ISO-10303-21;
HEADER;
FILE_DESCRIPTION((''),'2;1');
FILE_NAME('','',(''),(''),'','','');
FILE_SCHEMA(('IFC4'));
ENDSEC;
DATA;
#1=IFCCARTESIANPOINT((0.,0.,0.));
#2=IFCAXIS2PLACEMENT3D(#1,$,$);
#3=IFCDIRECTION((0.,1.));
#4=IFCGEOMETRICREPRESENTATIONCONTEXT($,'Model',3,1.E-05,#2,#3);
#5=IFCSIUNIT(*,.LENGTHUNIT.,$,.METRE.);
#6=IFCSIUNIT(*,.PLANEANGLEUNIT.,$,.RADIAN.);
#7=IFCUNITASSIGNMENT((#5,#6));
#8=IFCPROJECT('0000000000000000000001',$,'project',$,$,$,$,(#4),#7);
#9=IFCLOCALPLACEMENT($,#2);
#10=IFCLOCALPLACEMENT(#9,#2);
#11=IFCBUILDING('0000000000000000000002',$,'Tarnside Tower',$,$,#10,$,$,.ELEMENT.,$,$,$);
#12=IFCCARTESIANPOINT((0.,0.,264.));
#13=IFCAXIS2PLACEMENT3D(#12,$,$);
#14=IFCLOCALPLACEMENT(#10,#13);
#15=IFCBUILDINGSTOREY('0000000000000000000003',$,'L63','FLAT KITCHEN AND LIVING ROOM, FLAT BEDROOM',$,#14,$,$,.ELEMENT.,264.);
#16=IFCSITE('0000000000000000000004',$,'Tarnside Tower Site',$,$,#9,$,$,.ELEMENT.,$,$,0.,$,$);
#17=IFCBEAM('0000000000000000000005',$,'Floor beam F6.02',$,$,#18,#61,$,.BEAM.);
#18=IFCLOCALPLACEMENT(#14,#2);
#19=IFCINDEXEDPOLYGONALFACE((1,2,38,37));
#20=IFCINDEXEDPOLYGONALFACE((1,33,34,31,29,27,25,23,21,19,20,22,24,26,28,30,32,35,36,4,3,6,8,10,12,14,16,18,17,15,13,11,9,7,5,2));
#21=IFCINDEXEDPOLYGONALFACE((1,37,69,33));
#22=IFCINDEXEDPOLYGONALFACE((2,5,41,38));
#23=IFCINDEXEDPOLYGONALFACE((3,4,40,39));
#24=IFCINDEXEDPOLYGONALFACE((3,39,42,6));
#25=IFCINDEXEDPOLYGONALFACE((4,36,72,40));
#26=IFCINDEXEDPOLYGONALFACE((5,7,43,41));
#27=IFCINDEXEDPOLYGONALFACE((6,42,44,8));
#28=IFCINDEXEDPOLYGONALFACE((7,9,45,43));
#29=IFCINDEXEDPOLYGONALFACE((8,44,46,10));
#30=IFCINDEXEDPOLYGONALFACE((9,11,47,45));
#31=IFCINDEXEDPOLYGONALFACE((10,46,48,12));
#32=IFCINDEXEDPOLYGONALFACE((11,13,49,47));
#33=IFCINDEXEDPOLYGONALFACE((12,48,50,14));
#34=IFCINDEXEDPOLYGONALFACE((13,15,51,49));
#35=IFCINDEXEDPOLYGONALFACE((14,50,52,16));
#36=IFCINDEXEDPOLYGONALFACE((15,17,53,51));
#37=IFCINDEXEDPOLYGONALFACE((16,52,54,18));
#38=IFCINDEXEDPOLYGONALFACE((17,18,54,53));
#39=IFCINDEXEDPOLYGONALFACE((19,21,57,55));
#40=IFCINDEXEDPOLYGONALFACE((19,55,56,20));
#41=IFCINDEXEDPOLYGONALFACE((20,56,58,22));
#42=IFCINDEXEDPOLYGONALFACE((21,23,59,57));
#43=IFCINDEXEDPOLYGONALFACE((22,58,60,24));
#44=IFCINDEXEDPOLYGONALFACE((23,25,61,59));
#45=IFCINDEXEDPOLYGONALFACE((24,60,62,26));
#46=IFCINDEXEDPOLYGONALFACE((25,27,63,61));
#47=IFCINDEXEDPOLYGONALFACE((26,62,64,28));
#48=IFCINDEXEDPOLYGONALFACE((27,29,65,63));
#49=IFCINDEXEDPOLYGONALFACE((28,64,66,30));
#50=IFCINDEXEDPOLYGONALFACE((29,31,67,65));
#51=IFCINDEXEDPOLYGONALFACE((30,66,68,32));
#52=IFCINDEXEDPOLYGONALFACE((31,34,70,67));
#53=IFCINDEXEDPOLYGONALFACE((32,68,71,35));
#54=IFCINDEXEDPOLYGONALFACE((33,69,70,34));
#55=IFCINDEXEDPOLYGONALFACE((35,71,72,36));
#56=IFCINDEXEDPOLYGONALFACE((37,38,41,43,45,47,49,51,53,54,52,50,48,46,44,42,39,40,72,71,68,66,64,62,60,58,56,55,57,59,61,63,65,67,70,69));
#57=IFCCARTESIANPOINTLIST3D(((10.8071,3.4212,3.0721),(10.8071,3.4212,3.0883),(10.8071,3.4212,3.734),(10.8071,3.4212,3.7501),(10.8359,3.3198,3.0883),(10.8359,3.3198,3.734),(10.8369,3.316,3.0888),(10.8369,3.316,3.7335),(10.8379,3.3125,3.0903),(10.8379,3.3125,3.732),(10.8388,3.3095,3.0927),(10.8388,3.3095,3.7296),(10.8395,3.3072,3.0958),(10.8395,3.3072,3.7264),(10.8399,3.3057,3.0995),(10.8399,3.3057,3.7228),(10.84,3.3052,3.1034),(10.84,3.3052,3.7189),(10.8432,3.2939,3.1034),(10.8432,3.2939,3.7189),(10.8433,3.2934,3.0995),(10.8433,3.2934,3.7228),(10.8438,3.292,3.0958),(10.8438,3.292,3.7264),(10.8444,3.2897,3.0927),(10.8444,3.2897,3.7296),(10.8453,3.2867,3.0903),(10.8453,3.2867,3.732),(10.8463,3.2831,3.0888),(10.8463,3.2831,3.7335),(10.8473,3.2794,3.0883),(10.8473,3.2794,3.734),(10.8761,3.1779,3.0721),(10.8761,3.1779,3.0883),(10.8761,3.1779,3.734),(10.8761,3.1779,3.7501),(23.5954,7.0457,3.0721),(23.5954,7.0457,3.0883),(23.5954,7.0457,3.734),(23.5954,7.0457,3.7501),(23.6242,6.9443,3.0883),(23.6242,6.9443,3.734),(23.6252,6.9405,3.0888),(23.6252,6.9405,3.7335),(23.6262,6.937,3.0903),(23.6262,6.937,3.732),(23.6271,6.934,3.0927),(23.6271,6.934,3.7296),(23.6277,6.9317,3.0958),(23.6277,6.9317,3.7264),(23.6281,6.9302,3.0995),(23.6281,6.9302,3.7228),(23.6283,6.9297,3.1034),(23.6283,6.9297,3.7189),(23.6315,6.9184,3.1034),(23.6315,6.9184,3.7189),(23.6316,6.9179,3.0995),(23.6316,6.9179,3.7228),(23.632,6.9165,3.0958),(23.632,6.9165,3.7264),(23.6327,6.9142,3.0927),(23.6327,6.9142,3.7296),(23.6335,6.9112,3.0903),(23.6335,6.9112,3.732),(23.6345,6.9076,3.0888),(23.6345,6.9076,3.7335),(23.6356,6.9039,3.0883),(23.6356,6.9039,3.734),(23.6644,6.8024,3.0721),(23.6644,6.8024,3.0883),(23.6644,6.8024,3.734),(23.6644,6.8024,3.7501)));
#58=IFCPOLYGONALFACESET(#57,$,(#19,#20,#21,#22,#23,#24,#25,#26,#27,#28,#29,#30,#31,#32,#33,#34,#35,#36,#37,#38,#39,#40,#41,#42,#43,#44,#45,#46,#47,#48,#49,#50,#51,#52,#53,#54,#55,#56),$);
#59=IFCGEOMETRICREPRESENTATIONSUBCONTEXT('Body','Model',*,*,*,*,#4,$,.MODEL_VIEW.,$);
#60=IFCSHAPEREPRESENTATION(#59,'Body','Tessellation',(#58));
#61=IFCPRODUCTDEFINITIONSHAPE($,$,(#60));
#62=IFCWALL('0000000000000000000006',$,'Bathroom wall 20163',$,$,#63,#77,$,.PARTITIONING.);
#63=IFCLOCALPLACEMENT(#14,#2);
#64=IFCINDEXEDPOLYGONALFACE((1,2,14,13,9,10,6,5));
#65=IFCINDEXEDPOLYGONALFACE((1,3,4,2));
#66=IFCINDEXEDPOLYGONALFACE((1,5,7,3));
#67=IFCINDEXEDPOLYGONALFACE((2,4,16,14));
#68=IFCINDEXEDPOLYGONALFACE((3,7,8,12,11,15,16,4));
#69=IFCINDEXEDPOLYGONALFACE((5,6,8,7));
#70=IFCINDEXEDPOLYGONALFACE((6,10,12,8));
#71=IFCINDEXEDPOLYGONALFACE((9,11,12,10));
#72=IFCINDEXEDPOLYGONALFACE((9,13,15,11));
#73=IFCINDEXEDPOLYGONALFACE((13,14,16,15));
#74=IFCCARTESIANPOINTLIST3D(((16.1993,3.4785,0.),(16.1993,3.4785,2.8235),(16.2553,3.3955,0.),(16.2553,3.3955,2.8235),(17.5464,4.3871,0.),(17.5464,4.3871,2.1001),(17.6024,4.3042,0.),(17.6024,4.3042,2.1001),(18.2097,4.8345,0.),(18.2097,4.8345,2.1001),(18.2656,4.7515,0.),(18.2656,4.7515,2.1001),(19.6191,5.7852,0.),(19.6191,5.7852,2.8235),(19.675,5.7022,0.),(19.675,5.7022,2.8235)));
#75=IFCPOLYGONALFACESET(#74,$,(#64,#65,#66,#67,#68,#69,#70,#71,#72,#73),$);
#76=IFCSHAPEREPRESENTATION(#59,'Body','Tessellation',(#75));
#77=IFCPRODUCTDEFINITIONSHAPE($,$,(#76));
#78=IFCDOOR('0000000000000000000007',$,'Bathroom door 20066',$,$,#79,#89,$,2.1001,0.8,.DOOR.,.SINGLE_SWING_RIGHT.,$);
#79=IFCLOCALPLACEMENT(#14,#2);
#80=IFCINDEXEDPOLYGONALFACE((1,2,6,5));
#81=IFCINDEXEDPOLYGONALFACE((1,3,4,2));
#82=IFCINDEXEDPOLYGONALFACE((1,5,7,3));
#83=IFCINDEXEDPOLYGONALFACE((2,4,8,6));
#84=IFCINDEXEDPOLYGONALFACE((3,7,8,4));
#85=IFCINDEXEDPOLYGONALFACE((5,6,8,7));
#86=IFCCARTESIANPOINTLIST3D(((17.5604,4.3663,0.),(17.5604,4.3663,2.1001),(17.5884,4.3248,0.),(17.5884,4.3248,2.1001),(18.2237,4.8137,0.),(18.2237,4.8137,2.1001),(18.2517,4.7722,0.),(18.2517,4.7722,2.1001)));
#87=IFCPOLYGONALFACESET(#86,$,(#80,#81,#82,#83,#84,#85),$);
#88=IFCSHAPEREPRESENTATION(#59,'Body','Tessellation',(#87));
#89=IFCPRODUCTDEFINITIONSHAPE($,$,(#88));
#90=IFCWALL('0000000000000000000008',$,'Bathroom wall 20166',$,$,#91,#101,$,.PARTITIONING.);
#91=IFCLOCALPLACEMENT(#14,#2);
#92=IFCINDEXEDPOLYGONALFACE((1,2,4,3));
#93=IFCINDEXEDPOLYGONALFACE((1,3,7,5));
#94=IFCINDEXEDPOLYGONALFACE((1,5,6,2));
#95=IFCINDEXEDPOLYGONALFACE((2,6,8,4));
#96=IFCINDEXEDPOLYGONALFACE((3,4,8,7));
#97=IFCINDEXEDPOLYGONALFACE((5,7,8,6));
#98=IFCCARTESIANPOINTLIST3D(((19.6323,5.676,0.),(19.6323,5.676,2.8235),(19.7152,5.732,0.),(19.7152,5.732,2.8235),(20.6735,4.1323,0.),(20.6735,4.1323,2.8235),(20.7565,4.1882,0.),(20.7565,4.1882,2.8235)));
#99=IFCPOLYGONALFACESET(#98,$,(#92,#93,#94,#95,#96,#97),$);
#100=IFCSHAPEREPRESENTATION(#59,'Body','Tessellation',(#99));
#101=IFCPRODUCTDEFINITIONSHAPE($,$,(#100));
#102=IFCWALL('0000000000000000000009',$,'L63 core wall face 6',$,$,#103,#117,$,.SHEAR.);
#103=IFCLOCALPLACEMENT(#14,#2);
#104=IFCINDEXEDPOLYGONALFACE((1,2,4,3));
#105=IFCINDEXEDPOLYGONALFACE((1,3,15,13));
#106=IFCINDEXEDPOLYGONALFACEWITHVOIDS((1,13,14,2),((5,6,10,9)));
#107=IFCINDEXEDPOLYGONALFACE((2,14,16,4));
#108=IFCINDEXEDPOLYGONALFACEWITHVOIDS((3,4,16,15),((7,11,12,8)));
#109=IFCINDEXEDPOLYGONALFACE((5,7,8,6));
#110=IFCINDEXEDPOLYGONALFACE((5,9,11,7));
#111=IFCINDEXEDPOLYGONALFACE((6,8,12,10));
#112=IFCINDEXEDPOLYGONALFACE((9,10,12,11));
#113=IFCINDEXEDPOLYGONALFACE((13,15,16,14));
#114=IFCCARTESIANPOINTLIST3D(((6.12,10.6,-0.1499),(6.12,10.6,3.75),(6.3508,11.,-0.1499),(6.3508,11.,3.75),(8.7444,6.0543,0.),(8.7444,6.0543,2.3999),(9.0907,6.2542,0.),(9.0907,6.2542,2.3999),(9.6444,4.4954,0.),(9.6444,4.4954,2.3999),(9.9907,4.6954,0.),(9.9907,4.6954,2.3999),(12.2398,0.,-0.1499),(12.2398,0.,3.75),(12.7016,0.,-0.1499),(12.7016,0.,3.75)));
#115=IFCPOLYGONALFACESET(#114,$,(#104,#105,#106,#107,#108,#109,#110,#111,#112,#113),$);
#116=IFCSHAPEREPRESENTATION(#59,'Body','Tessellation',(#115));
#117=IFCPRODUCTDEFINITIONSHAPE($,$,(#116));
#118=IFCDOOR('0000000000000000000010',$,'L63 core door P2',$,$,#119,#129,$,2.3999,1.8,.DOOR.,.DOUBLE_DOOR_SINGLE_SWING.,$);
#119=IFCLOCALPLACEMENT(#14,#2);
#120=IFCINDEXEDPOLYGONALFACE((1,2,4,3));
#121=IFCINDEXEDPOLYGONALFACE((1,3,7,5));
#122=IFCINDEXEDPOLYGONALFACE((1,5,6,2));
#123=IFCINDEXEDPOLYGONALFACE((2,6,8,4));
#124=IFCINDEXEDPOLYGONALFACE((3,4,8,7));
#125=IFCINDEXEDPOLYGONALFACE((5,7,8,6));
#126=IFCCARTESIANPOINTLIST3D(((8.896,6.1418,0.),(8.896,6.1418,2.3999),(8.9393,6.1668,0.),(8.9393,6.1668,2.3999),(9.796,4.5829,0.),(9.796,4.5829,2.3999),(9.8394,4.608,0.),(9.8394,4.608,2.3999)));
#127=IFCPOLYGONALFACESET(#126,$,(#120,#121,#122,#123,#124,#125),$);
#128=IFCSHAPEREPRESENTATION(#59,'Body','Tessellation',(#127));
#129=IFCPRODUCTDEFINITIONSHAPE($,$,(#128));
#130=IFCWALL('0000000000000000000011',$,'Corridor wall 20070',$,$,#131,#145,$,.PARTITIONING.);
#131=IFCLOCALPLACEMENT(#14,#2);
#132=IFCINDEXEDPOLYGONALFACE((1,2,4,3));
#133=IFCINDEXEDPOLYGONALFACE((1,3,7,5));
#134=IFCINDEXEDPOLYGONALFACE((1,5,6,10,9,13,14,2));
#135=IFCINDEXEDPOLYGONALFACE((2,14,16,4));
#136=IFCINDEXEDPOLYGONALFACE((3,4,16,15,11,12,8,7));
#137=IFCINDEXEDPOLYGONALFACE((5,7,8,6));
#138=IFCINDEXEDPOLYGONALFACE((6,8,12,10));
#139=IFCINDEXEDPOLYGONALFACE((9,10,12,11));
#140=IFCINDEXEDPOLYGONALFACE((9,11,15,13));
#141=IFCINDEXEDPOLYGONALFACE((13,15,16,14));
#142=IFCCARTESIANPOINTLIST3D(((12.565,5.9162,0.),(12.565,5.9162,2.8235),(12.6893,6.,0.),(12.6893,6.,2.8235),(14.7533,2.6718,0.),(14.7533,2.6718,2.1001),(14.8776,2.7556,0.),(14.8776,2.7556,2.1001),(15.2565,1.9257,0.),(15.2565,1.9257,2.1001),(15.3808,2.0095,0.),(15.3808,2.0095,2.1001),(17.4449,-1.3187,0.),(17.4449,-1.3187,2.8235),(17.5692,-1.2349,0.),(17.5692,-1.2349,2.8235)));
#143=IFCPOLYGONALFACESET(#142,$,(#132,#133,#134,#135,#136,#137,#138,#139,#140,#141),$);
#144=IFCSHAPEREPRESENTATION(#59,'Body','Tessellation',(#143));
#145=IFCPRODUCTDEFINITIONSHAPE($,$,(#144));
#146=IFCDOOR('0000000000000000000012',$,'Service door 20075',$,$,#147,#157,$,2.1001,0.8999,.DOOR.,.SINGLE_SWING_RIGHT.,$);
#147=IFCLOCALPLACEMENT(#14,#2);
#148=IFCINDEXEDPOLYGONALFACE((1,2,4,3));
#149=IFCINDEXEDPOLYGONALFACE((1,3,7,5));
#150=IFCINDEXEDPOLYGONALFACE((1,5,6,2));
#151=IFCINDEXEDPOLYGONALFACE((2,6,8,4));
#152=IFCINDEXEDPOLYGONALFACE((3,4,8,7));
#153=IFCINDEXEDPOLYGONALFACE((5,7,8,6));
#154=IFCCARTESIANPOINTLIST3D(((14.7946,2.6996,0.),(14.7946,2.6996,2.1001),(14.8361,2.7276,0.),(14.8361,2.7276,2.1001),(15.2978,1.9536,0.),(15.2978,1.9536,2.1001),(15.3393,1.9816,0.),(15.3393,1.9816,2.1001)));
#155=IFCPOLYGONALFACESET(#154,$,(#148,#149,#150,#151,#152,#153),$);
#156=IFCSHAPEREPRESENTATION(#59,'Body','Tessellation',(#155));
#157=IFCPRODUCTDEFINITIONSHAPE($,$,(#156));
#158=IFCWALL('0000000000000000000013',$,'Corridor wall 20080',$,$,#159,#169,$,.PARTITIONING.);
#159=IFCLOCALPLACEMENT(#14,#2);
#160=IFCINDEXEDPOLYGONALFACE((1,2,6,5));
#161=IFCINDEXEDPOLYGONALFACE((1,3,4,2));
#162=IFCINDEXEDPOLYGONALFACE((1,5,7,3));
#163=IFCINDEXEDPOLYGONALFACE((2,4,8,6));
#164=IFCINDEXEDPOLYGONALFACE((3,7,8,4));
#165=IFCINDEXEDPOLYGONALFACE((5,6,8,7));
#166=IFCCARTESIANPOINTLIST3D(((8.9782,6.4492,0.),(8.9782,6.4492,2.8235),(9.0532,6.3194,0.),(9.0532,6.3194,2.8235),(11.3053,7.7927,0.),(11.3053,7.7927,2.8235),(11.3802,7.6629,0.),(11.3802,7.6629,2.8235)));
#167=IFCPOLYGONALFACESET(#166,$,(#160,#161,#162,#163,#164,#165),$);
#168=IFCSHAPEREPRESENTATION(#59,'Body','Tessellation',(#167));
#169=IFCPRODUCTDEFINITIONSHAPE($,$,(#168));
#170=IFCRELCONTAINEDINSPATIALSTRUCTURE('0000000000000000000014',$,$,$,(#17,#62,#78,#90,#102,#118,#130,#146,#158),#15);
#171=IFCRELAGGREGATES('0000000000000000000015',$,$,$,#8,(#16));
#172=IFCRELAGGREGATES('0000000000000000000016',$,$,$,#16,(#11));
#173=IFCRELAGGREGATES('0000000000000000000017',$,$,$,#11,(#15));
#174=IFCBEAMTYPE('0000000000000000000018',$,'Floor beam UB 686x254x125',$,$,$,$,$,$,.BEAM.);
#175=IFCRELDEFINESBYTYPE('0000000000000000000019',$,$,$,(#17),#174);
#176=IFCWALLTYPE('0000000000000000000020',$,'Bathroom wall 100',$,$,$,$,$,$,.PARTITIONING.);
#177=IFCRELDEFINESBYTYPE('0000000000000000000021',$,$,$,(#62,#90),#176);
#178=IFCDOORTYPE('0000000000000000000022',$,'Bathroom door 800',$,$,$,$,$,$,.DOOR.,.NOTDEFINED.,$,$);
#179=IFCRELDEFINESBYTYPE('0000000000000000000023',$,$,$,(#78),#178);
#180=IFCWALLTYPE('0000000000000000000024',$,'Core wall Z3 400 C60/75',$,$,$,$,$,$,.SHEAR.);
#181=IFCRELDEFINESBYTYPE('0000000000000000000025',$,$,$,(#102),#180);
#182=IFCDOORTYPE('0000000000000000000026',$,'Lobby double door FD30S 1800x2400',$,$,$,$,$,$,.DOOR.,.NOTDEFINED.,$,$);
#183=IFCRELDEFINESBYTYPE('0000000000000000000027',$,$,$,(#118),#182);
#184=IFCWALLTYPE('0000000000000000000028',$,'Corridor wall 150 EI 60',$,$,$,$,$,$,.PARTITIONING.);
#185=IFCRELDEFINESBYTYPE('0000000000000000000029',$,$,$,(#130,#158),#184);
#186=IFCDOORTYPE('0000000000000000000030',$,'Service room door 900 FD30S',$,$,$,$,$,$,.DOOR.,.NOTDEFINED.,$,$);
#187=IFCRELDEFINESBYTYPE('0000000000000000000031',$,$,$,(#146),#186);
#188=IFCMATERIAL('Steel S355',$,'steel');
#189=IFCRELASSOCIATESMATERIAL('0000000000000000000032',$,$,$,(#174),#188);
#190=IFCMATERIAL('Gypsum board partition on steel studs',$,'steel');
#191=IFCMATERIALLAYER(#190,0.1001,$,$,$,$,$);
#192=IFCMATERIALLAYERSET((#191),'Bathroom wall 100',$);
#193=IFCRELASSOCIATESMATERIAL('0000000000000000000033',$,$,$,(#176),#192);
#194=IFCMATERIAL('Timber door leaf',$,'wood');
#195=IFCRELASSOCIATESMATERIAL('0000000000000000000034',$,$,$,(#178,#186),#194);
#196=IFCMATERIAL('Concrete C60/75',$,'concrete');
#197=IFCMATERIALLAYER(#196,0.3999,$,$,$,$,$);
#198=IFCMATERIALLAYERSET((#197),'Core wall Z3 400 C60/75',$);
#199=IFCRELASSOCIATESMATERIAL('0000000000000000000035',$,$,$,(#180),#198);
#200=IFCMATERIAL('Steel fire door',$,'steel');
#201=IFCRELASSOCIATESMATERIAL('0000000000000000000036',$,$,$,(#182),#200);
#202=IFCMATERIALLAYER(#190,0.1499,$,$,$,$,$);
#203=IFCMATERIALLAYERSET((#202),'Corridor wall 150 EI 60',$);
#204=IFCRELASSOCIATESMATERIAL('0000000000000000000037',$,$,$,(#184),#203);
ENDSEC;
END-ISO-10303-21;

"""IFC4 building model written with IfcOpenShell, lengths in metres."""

from ifc_helpers import new_model, si_unit, direction, frame, frame_2d, origin, origin_2d, place, context, subcontext, project, spatial, polyline, rectangle, i_section, outline, extrude, material, layer, layer_set, material_profile, profile_set, type_object, element, fill, save


model = new_model("IFC4")

# Units and contexts
model_context = context("Model", 3, precision=1e-05, world=origin(), true_north=direction((0.0, 1.0)))
body_context = subcontext(model_context, "Body", "Model", "MODEL_VIEW")
ifc_project = project(units=[si_unit("LENGTHUNIT", "METRE"), si_unit("PLANEANGLEUNIT", "RADIAN")], contexts=[model_context])

# Site, building, storey
site_placement = place(None, origin())
site = spatial("IfcSite", under=ifc_project, at=site_placement, Name="Tarnside Tower Site", CompositionType="ELEMENT", RefElevation=0.0)
building_placement = place(site_placement, origin())
building = spatial("IfcBuilding", under=site, at=building_placement, Name="Tarnside Tower", CompositionType="ELEMENT")
storey_placement = place(building_placement, frame((0.0, 0.0, 264.0)))
storey = spatial("IfcBuildingStorey", under=building, at=storey_placement, Name="L63", Description="FLAT KITCHEN AND LIVING ROOM, FLAT BEDROOM", CompositionType="ELEMENT", Elevation=264.0)

# Beam
ifc_material_1 = material(Name="Steel S355", Category="steel")
ifc_material_profile = material_profile(ifc_material_1, i_section(OverallWidth=0.2529, OverallDepth=0.678, WebThickness=0.0117, FlangeThickness=0.0161, FilletRadius=0.0151, at=origin_2d()), Name="UB 686x254x125")
ifc_profile_set = profile_set([ifc_material_profile], Name="Steel S355")
beam_type = type_object("IfcBeamType", Name="Floor beam UB 686x254x125", PredefinedType="BEAM", material=ifc_profile_set)
beam_placement = place(storey_placement, frame((23.6299, 6.9241, 3.4111), z_axis=(-0.962104, -0.272683, 0.0), x_axis=(0.272683, -0.962104, 0.0)))
element("IfcBeam", 1, at=beam_placement, inside=storey, type_object=beam_type, Name="Floor beam F6.02", PredefinedType="BEAM", context=body_context, shape_type="SweptSolid", body=[
    extrude(i_section(OverallWidth=0.2529, OverallDepth=0.678, WebThickness=0.0117, FlangeThickness=0.0161, FilletRadius=0.0151, at=origin_2d()), origin(), (0.0, 0.0, 1.0), 13.292),
])

# Wall, opening, door
ifc_material_2 = material(Name="Gypsum board partition on steel studs", Category="steel")
ifc_layer_1 = layer(ifc_material_2, 0.1001)
ifc_layer_set_1 = layer_set([ifc_layer_1], Name="Bathroom wall 100")
wall_type_1 = type_object("IfcWallType", Name="Bathroom wall 100", PredefinedType="PARTITIONING", material=ifc_layer_set_1)
wall_1_placement = place(storey_placement, frame((16.2273, 3.437, 0.0), z_axis=(0.0, 0.0, 1.0), x_axis=(0.829033, 0.559199, 0.0)))
wall_1 = element("IfcWall", 2, at=wall_1_placement, inside=storey, type_object=wall_type_1, Name="Bathroom wall 20163", PredefinedType="PARTITIONING", context=body_context, shape_type="SweptSolid", body=[
    extrude(rectangle(XDim=4.125, YDim=0.1001, at=frame_2d((2.0625, 0.0))), origin(), (0.0, 0.0, 1.0), 2.8235),
])
opening_1_placement = place(wall_1_placement, frame((1.625, 0.0, 0.0)))
opening_1 = element("IfcOpeningElement", 3, at=opening_1_placement, cuts=wall_1, PredefinedType="OPENING", context=body_context, shape_type="SweptSolid", body=[
    extrude(rectangle(XDim=0.8, YDim=2.1001, at=frame_2d((0.3999, 1.05))), frame((0.0, 0.0601, 0.0), z_axis=(0.0, -1.0, 0.0), x_axis=(1.0, 0.0, 0.0)), (0.0, 0.0, 1.0), 0.1201),
])
ifc_material_3 = material(Name="Timber door leaf", Category="wood")
door_type_1 = type_object("IfcDoorType", Name="Bathroom door 800", OperationType="NOTDEFINED", PredefinedType="DOOR", material=ifc_material_3)
door_1_placement = place(opening_1_placement, origin())
door_1 = element("IfcDoor", 4, at=door_1_placement, inside=storey, type_object=door_type_1, Name="Bathroom door 20066", OperationType="SINGLE_SWING_RIGHT", OverallHeight=2.1001, OverallWidth=0.8, PredefinedType="DOOR", context=body_context, shape_type="SweptSolid", body=[
    extrude(rectangle(XDim=0.8, YDim=2.1001, at=frame_2d((0.3999, 1.05))), frame((0.0, 0.0249, 0.0), z_axis=(0.0, -1.0, 0.0), x_axis=(1.0, 0.0, 0.0)), (0.0, 0.0, 1.0), 0.05),
])
fill(opening_1, door_1)

# Wall
wall_2_placement = place(storey_placement, frame((20.7151, 4.1602, 0.0), z_axis=(0.0, 0.0, 1.0), x_axis=(-0.5592, 0.829033, 0.0)))
element("IfcWall", 5, at=wall_2_placement, inside=storey, type_object=wall_type_1, Name="Bathroom wall 20166", PredefinedType="PARTITIONING", context=body_context, shape_type="SweptSolid", body=[
    extrude(rectangle(XDim=1.8621, YDim=0.1001, at=frame_2d((0.9312, 0.0))), origin(), (0.0, 0.0, 1.0), 2.8235),
])

# Walls, openings, doors
ifc_material_4 = material(Name="Concrete C60/75", Category="concrete")
ifc_layer_2 = layer(ifc_material_4, 0.3999)
ifc_layer_set_2 = layer_set([ifc_layer_2], Name="Core wall Z3 400 C60/75")
wall_type_2 = type_object("IfcWallType", Name="Core wall Z3 400 C60/75", PredefinedType="SHEAR", material=ifc_layer_set_2)
wall_3_placement = place(storey_placement, frame((12.4707, 0.0, -0.1499), z_axis=(0.0, 0.0, 1.0), x_axis=(-0.499996, 0.866027, 0.0)))
wall_3 = element("IfcWall", 6, at=wall_3_placement, inside=storey, type_object=wall_type_2, Name="L63 core wall face 6", PredefinedType="SHEAR", context=body_context, shape_type="SweptSolid", body=[
    extrude(outline(polyline([(-0.1155, -0.2), (12.5862, -0.2), (12.3552, 0.2), (0.1155, 0.2), (-0.1155, -0.2)])), origin(), (0.0, 0.0, 1.0), 3.8999),
])
opening_2_placement = place(wall_3_placement, frame((5.3064, 0.0, 0.1499)))
opening_2 = element("IfcOpeningElement", 7, at=opening_2_placement, cuts=wall_3, PredefinedType="OPENING", context=body_context, shape_type="SweptSolid", body=[
    extrude(rectangle(XDim=1.8, YDim=2.3999, at=frame_2d((0.8999, 1.2))), frame((0.0, 0.21, 0.0), z_axis=(0.0, -1.0, 0.0), x_axis=(1.0, 0.0, 0.0)), (0.0, 0.0, 1.0), 0.4199),
])
ifc_material_5 = material(Name="Steel fire door", Category="steel")
door_type_2 = type_object("IfcDoorType", Name="Lobby double door FD30S 1800x2400", OperationType="NOTDEFINED", PredefinedType="DOOR", material=ifc_material_5)
door_2_placement = place(opening_2_placement, origin())
door_2 = element("IfcDoor", 8, at=door_2_placement, inside=storey, type_object=door_type_2, Name="L63 core door P2", OperationType="DOUBLE_DOOR_SINGLE_SWING", OverallHeight=2.3999, OverallWidth=1.8, PredefinedType="DOOR", context=body_context, shape_type="SweptSolid", body=[
    extrude(rectangle(XDim=1.8, YDim=2.3999, at=frame_2d((0.8999, 1.2))), frame((0.0, 0.0249, 0.0), z_axis=(0.0, -1.0, 0.0), x_axis=(1.0, 0.0, 0.0)), (0.0, 0.0, 1.0), 0.05),
])
fill(opening_2, door_2)
ifc_layer_3 = layer(ifc_material_2, 0.1499)
ifc_layer_set_3 = layer_set([ifc_layer_3], Name="Corridor wall 150 EI 60")
wall_type_3 = type_object("IfcWallType", Name="Corridor wall 150 EI 60", PredefinedType="PARTITIONING", material=ifc_layer_set_3)
wall_4_placement = place(storey_placement, frame((12.6272, 5.958, 0.0), z_axis=(0.0, 0.0, 1.0), x_axis=(0.559185, -0.829043, 0.0)))
wall_4 = element("IfcWall", 9, at=wall_4_placement, inside=storey, type_object=wall_type_3, Name="Corridor wall 20070", PredefinedType="PARTITIONING", context=body_context, shape_type="SweptSolid", body=[
    extrude(rectangle(XDim=8.7268, YDim=0.1499, at=frame_2d((4.3633, 0.0))), origin(), (0.0, 0.0, 1.0), 2.8235),
])
opening_3_placement = place(wall_4_placement, frame((3.9133, 0.0, 0.0)))
opening_3 = element("IfcOpeningElement", 10, at=opening_3_placement, cuts=wall_4, PredefinedType="OPENING", context=body_context, shape_type="SweptSolid", body=[
    extrude(rectangle(XDim=0.8999, YDim=2.1001, at=frame_2d((0.45, 1.05))), frame((0.0, 0.085, 0.0), z_axis=(0.0, -1.0, 0.0), x_axis=(1.0, 0.0, 0.0)), (0.0, 0.0, 1.0), 0.1699),
])
door_type_3 = type_object("IfcDoorType", Name="Service room door 900 FD30S", OperationType="NOTDEFINED", PredefinedType="DOOR", material=ifc_material_3)
door_3_placement = place(opening_3_placement, origin())
door_3 = element("IfcDoor", 11, at=door_3_placement, inside=storey, type_object=door_type_3, Name="Service door 20075", OperationType="SINGLE_SWING_RIGHT", OverallHeight=2.1001, OverallWidth=0.8999, PredefinedType="DOOR", context=body_context, shape_type="SweptSolid", body=[
    extrude(rectangle(XDim=0.8999, YDim=2.1001, at=frame_2d((0.45, 1.05))), frame((0.0, 0.0249, 0.0), z_axis=(0.0, -1.0, 0.0), x_axis=(1.0, 0.0, 0.0)), (0.0, 0.0, 1.0), 0.05),
])
fill(opening_3, door_3)

# Wall
wall_5_placement = place(storey_placement, frame((11.3428, 7.7278, 0.0), z_axis=(0.0, 0.0, 1.0), x_axis=(-0.866037, -0.499979, 0.0)))
element("IfcWall", 12, at=wall_5_placement, inside=storey, type_object=wall_type_3, Name="Corridor wall 20080", PredefinedType="PARTITIONING", context=body_context, shape_type="SweptSolid", body=[
    extrude(rectangle(XDim=2.687, YDim=0.1499, at=frame_2d((1.3435, 0.0))), origin(), (0.0, 0.0, 1.0), 2.8235),
])

save(model, "model.ifc")
